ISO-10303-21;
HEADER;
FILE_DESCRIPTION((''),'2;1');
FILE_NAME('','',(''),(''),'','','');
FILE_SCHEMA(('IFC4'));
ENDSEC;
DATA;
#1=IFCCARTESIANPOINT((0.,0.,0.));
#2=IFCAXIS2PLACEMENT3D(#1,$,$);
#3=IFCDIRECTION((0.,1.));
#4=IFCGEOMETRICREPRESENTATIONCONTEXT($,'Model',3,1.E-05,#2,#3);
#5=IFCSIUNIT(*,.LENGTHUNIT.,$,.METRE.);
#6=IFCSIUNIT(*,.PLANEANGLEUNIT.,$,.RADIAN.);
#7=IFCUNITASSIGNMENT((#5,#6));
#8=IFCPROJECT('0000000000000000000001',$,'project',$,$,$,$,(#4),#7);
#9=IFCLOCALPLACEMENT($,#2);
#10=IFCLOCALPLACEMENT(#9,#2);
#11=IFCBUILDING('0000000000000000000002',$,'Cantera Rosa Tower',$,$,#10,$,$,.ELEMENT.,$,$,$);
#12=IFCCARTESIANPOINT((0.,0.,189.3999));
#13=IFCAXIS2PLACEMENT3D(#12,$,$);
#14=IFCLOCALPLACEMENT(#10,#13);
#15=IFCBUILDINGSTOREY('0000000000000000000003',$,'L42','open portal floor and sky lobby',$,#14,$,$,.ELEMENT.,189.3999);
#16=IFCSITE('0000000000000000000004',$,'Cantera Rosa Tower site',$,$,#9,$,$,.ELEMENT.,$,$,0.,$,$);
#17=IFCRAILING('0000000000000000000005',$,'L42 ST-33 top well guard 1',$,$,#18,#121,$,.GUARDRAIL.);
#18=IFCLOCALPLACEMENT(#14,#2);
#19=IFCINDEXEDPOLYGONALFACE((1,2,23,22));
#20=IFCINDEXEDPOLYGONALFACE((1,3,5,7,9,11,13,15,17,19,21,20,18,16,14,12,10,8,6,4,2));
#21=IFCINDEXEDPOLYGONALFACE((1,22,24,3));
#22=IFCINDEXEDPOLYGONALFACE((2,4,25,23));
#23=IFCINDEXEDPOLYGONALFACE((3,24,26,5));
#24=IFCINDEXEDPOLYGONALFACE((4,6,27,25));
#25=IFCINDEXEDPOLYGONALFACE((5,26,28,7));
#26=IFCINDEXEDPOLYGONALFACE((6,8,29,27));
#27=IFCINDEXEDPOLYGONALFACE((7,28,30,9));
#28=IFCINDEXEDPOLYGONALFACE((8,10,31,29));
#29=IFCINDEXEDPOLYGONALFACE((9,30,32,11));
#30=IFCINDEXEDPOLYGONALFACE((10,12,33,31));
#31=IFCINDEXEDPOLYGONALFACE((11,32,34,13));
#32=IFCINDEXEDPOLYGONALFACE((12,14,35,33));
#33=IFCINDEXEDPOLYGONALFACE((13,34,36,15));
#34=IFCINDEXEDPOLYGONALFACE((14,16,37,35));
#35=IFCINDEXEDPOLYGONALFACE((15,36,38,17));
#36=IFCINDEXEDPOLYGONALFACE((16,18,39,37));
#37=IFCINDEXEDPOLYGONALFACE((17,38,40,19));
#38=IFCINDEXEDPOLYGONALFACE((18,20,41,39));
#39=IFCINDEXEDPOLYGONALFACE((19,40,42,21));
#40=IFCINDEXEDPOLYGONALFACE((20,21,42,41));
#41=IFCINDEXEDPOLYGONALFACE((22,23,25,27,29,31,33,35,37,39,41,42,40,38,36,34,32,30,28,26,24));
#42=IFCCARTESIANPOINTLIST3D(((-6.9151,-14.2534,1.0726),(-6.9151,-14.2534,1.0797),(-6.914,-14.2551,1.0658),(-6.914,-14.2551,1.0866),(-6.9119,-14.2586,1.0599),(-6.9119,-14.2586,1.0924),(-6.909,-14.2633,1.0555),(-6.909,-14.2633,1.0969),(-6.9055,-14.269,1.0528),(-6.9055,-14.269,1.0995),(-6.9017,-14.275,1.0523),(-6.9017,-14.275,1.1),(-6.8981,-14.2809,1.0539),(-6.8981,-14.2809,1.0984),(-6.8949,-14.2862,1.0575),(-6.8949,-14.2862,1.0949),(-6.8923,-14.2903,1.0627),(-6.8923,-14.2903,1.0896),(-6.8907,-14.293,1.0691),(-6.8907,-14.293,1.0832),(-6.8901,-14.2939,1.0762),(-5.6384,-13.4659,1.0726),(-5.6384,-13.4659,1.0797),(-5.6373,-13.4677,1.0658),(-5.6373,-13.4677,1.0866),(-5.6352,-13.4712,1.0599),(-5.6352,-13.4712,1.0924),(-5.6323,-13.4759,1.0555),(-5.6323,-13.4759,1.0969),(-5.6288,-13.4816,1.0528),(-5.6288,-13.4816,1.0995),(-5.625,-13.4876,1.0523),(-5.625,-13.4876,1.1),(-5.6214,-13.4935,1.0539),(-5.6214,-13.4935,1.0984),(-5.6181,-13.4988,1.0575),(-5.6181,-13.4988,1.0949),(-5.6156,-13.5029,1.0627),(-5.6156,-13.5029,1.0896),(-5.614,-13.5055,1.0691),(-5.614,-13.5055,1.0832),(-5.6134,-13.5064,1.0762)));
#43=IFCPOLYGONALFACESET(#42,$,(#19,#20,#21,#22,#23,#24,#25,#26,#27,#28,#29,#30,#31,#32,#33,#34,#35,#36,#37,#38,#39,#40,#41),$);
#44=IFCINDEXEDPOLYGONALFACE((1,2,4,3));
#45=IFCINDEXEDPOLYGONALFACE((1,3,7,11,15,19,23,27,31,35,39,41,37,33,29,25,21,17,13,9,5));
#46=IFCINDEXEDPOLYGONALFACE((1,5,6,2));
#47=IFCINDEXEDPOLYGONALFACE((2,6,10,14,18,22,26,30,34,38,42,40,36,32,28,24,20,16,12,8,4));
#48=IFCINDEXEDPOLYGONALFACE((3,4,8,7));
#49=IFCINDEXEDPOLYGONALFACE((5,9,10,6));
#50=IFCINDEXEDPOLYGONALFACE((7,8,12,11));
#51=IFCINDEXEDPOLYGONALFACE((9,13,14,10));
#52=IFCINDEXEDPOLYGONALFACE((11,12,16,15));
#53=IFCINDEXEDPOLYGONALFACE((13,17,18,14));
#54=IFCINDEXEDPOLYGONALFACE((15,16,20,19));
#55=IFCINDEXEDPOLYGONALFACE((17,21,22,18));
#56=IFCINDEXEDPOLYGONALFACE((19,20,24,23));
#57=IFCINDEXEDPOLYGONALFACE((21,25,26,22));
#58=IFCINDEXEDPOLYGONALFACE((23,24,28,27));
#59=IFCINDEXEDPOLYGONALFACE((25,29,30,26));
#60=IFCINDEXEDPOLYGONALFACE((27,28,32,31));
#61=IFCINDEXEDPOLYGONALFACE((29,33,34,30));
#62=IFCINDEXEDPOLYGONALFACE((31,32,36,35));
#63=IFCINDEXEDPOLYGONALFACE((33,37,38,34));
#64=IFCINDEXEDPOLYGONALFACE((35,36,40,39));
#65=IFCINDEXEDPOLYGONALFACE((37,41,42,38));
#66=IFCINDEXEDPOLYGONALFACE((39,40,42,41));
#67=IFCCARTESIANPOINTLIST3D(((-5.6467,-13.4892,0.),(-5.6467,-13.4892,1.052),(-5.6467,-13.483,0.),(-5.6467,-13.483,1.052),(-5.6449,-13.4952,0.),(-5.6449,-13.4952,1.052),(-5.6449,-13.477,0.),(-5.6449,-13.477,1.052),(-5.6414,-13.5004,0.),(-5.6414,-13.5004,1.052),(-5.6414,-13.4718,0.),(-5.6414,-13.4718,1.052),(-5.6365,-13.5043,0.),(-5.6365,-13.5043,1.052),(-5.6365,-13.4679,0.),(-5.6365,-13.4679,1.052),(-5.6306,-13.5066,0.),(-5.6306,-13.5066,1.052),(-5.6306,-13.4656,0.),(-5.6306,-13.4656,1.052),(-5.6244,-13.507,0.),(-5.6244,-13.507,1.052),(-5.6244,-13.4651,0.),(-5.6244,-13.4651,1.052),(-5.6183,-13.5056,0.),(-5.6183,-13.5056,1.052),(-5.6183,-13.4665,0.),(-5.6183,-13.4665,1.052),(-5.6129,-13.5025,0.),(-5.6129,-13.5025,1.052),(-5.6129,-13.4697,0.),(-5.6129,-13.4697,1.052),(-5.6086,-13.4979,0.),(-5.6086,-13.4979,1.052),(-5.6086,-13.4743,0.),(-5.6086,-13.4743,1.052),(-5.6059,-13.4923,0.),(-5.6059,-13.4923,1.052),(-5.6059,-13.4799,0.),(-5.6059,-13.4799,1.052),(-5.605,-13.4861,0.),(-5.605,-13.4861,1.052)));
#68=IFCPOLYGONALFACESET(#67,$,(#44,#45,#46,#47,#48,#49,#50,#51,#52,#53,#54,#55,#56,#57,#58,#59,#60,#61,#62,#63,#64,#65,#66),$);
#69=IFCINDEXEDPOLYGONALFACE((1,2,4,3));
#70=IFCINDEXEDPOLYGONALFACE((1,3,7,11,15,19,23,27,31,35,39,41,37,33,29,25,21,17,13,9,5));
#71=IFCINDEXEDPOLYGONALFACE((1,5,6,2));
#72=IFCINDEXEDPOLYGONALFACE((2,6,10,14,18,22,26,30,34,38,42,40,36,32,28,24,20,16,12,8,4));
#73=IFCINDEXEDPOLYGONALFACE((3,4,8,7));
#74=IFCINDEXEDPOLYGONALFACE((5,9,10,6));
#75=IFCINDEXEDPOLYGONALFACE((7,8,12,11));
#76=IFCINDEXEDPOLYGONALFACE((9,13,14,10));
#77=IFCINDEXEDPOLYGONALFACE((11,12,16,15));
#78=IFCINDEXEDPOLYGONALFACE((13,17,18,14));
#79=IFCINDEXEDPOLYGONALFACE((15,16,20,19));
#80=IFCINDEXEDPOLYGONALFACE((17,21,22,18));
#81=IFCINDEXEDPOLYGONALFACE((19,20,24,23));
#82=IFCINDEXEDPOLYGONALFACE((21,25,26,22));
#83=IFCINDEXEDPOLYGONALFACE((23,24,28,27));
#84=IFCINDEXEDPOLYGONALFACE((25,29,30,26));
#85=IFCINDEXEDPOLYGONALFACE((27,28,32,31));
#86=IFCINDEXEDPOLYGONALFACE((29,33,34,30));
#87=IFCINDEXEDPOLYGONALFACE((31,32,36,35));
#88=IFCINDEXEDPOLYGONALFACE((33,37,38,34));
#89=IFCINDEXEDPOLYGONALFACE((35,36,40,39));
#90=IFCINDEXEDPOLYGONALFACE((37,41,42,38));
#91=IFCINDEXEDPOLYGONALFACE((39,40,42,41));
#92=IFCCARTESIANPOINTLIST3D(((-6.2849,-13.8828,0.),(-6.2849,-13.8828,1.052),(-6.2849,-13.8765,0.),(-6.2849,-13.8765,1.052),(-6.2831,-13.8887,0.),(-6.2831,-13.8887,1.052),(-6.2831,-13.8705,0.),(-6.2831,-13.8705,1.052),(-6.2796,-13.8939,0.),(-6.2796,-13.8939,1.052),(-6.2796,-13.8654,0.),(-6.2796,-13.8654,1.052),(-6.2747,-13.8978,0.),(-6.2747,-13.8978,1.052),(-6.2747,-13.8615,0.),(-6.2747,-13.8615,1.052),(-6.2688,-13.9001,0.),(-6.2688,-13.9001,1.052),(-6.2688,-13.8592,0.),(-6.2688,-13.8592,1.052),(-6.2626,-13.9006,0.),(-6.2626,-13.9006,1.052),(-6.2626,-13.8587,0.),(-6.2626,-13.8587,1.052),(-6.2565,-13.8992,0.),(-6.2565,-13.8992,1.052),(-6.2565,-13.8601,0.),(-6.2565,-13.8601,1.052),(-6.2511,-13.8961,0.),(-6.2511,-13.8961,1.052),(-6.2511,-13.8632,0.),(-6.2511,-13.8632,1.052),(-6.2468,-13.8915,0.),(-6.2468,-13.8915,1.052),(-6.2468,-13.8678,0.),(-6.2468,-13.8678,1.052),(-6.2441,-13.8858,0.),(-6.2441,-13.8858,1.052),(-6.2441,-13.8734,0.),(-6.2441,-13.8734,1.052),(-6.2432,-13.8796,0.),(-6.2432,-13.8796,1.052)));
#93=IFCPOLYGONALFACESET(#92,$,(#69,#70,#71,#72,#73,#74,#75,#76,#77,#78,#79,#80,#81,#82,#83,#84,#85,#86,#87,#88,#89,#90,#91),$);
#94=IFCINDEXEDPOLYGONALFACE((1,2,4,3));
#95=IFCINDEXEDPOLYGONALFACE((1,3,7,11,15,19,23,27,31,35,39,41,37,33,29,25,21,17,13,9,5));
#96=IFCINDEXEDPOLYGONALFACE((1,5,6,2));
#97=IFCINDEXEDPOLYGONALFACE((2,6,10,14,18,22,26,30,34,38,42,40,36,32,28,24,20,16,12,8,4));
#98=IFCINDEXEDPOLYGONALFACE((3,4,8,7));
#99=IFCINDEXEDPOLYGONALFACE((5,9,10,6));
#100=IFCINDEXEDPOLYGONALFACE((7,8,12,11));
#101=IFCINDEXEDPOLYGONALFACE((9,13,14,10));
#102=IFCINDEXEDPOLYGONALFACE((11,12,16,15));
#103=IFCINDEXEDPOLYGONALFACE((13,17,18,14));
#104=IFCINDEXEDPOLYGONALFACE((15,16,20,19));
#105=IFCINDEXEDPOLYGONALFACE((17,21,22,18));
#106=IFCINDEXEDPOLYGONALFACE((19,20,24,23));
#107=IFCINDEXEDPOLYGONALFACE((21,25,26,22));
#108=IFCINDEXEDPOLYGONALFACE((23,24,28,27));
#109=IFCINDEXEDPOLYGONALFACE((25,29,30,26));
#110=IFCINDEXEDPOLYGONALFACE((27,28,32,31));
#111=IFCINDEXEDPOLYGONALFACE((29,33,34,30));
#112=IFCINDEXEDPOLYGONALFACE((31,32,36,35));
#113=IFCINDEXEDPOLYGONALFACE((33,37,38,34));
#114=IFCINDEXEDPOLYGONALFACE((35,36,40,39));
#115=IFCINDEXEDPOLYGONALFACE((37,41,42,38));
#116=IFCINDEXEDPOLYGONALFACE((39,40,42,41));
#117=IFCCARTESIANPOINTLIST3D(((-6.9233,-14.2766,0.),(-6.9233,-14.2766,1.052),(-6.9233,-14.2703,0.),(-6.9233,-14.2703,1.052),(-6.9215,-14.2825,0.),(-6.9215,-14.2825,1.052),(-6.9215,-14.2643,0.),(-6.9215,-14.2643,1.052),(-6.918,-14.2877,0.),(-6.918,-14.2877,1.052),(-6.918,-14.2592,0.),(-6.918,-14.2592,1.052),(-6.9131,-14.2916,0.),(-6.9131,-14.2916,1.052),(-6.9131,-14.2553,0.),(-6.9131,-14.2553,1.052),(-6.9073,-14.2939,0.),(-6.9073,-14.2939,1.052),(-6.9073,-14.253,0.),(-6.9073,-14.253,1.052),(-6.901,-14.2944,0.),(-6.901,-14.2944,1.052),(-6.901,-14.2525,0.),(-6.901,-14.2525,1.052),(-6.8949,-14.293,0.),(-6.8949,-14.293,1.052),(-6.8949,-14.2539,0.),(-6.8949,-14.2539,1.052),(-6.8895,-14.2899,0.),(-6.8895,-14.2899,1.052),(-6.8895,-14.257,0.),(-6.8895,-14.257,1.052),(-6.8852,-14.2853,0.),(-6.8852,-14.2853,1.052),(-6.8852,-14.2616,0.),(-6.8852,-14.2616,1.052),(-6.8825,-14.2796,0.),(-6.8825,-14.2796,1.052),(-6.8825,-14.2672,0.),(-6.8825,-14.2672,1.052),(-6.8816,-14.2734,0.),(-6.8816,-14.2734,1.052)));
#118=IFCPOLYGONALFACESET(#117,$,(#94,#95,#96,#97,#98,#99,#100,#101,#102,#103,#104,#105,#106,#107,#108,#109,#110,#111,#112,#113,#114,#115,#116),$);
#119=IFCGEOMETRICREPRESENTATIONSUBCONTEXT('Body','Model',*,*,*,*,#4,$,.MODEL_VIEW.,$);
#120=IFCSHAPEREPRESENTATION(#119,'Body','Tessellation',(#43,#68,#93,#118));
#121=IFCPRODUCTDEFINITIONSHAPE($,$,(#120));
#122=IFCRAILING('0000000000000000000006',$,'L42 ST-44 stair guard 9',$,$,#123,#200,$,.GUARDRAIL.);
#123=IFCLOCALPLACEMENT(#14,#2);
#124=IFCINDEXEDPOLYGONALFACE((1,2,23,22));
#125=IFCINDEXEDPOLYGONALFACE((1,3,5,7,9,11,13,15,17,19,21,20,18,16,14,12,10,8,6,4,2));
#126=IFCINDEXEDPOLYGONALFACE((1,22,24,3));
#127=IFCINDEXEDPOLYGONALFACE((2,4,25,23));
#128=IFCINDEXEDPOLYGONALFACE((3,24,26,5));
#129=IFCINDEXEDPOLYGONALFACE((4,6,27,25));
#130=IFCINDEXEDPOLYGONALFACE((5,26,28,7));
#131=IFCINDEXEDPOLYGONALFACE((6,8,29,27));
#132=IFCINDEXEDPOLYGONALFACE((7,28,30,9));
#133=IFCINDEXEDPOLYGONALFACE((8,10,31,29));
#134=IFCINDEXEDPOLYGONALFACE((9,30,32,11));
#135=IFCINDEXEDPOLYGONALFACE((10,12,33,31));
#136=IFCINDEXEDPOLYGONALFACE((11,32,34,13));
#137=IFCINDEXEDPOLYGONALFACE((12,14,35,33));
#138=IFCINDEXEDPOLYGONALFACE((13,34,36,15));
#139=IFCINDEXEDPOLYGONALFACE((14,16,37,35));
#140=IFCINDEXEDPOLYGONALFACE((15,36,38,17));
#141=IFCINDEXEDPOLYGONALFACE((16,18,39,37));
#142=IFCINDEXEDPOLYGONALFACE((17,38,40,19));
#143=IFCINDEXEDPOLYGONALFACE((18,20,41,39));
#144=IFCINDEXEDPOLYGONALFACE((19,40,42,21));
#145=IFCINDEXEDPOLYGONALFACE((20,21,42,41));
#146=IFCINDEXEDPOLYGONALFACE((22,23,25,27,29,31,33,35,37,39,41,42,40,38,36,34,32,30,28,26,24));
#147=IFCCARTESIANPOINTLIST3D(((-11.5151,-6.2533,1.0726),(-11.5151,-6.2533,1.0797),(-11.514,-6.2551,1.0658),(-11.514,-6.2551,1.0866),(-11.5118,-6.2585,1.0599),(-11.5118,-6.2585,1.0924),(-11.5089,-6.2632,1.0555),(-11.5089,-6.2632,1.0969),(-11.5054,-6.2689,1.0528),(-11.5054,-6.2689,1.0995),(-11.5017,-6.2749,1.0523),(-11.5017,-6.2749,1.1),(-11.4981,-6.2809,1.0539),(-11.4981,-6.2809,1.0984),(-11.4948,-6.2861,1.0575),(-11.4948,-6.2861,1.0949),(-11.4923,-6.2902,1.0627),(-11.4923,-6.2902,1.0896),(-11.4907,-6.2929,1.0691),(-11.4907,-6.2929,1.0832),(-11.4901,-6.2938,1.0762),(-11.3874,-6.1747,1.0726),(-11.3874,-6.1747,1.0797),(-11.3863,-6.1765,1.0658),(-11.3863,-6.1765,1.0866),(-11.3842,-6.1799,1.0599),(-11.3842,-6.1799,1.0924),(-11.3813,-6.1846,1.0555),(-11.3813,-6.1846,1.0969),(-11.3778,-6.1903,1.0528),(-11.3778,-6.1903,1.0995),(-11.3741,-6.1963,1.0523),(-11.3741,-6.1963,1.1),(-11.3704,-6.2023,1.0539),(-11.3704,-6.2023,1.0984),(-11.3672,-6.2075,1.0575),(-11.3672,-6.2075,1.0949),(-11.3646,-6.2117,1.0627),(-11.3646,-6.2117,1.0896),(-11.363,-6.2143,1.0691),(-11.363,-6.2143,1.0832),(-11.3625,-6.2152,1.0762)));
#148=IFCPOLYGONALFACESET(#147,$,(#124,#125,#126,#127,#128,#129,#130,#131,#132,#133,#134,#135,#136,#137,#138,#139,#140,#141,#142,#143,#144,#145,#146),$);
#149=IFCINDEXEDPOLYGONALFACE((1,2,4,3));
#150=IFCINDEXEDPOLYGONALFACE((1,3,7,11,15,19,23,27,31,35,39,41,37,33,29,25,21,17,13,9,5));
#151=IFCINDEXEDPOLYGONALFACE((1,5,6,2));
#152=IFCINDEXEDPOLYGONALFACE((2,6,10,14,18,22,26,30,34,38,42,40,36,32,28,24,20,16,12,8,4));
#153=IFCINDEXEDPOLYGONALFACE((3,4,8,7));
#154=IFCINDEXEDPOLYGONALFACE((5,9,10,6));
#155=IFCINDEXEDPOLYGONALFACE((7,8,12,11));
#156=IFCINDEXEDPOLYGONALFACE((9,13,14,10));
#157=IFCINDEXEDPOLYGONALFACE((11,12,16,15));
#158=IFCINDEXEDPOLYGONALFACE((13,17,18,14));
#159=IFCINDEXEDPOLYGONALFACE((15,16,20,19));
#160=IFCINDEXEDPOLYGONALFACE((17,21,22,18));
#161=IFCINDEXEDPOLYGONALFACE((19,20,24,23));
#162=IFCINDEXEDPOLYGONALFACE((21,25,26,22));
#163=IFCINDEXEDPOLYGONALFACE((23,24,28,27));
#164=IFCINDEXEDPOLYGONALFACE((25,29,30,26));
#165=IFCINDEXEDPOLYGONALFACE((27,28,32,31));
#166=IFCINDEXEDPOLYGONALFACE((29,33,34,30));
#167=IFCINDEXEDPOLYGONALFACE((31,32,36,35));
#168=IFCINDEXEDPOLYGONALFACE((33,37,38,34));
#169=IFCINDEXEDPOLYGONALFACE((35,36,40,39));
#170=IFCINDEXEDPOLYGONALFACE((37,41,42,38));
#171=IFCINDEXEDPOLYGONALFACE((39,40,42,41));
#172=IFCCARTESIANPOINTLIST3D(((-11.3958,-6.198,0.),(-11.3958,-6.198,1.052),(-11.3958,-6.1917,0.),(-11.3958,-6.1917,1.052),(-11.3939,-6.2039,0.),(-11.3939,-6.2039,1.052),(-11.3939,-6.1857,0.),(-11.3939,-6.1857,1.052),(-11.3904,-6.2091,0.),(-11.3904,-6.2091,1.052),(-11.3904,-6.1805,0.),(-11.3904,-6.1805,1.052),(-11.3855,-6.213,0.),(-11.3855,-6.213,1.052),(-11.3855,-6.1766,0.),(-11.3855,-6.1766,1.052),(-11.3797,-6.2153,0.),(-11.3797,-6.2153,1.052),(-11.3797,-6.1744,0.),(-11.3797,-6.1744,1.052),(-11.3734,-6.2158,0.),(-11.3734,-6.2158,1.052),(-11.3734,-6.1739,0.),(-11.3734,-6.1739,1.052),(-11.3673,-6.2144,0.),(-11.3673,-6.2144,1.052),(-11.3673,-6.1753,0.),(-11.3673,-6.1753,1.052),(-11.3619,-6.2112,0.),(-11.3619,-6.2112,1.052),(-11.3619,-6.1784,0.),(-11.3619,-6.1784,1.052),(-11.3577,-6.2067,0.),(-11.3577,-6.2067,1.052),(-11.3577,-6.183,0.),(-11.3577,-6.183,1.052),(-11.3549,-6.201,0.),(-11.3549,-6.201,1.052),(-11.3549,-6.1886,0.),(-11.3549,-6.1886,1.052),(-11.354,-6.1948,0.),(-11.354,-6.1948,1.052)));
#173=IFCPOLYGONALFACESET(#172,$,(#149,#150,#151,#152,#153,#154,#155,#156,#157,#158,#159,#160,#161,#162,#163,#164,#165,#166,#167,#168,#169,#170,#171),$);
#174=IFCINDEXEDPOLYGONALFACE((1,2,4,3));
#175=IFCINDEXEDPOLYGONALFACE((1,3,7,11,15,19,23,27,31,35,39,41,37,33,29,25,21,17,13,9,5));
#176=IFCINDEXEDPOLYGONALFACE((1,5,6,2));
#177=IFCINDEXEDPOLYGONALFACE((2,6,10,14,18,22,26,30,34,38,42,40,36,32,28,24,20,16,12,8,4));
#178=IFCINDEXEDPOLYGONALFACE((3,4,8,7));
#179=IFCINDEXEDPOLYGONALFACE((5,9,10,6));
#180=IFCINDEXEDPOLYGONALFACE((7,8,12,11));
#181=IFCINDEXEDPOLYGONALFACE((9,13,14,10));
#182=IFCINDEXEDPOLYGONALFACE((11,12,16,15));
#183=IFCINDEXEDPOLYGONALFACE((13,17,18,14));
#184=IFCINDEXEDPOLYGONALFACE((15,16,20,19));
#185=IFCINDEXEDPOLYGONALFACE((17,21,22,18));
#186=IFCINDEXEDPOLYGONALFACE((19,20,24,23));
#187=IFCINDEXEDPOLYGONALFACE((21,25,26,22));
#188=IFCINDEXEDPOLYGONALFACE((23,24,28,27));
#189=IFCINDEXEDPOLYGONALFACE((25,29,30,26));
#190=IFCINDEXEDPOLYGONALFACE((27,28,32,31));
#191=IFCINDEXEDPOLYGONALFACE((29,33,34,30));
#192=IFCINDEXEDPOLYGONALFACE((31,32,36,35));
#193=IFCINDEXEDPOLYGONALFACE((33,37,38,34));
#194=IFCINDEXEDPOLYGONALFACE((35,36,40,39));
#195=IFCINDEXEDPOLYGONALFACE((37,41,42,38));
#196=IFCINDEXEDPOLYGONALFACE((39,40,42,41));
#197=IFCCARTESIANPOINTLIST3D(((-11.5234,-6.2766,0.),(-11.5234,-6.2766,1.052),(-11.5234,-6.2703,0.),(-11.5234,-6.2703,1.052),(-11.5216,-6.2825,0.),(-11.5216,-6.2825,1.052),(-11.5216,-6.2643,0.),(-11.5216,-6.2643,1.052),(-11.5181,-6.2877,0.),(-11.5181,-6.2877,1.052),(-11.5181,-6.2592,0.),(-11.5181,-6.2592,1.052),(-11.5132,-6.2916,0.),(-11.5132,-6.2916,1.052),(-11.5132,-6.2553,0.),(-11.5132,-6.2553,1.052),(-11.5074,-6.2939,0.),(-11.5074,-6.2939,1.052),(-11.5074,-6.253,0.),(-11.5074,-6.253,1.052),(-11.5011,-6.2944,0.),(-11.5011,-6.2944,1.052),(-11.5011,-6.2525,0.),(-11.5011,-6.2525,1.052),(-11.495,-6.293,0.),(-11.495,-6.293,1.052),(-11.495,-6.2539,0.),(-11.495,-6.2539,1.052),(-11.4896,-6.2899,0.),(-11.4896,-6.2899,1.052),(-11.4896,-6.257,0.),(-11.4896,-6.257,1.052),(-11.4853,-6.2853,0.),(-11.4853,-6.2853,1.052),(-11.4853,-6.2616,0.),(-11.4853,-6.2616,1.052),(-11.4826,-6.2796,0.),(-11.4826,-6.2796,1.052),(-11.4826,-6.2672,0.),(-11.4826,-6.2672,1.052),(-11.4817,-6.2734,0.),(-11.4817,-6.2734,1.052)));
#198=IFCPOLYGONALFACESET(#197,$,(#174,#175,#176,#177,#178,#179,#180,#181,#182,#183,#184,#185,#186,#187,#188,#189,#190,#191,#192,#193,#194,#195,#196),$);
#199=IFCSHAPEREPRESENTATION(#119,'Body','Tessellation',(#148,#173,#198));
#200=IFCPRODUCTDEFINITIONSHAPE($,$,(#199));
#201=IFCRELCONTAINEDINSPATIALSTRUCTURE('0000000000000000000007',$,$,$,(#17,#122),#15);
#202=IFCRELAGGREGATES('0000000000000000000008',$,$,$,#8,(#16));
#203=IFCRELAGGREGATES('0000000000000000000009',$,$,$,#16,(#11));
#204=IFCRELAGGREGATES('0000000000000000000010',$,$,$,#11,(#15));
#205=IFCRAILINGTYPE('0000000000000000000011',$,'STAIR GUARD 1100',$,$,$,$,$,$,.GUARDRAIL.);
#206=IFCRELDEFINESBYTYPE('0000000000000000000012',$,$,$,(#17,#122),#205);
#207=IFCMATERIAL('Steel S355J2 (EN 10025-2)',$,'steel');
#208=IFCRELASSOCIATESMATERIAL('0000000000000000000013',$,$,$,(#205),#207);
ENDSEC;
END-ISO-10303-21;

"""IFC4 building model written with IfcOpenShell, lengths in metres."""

from ifc_helpers import new_model, si_unit, direction, frame, origin, origin_2d, place, context, subcontext, project, spatial, circle, extrude, material, type_object, element, save


model = new_model("IFC4")

# Units and contexts
model_context = context("Model", 3, precision=1e-05, world=origin(), true_north=direction((0.0, 1.0)))
body_context = subcontext(model_context, "Body", "Model", "MODEL_VIEW")
ifc_project = project(units=[si_unit("LENGTHUNIT", "METRE"), si_unit("PLANEANGLEUNIT", "RADIAN")], contexts=[model_context])

# Site, building, storey
site_placement = place(None, origin())
site = spatial("IfcSite", under=ifc_project, at=site_placement, Name="Cantera Rosa Tower site", CompositionType="ELEMENT", RefElevation=0.0)
building_placement = place(site_placement, origin())
building = spatial("IfcBuilding", under=site, at=building_placement, Name="Cantera Rosa Tower", CompositionType="ELEMENT")
storey_placement = place(building_placement, frame((0.0, 0.0, 189.3999)))
storey = spatial("IfcBuildingStorey", under=building, at=storey_placement, Name="L42", Description="open portal floor and sky lobby", CompositionType="ELEMENT", Elevation=189.3999)

# Railings
ifc_material_1 = material(Name="Steel S355J2 (EN 10025-2)", Category="steel")
railing_type = type_object("IfcRailingType", Name="STAIR GUARD 1100", PredefinedType="GUARDRAIL", material=ifc_material_1)
railing_1_placement = place(storey_placement, frame((-5.626, -13.4861, 0.0)))
element("IfcRailing", 1, at=railing_1_placement, inside=storey, type_object=railing_type, Name="L42 ST-33 top well guard 1", PredefinedType="GUARDRAIL", context=body_context, shape_type="SweptSolid", body=[
    extrude(circle(Radius=0.0239, at=origin_2d()), frame((0.0, 0.0, 1.0762), z_axis=(-0.851138, -0.524942, 0.0), x_axis=(0.524942, -0.851138, 0.0)), (0.0, 0.0, 1.0), 1.5),
    extrude(circle(Radius=0.021, at=origin_2d()), origin(), (0.0, 0.0, 1.0), 1.052),
    extrude(circle(Radius=0.021, at=origin_2d()), frame((-0.6382, -0.3936, 0.0)), (0.0, 0.0, 1.0), 1.052),
    extrude(circle(Radius=0.021, at=origin_2d()), frame((-1.2766, -0.7874, 0.0)), (0.0, 0.0, 1.0), 1.052),
])
railing_2_placement = place(storey_placement, frame((-11.375, -6.1948, 0.0)))
element("IfcRailing", 2, at=railing_2_placement, inside=storey, type_object=railing_type, Name="L42 ST-44 stair guard 9", PredefinedType="GUARDRAIL", context=body_context, shape_type="SweptSolid", body=[
    extrude(circle(Radius=0.0239, at=origin_2d()), frame((0.0, 0.0, 1.0762), z_axis=(-0.851546, -0.524279, 0.0), x_axis=(0.524279, -0.851546, 0.0)), (0.0, 0.0, 1.0), 0.1499),
    extrude(circle(Radius=0.021, at=origin_2d()), origin(), (0.0, 0.0, 1.0), 1.052),
    extrude(circle(Radius=0.021, at=origin_2d()), frame((-0.1277, -0.0786, 0.0)), (0.0, 0.0, 1.0), 1.052),
])

save(model, "model.ifc")
